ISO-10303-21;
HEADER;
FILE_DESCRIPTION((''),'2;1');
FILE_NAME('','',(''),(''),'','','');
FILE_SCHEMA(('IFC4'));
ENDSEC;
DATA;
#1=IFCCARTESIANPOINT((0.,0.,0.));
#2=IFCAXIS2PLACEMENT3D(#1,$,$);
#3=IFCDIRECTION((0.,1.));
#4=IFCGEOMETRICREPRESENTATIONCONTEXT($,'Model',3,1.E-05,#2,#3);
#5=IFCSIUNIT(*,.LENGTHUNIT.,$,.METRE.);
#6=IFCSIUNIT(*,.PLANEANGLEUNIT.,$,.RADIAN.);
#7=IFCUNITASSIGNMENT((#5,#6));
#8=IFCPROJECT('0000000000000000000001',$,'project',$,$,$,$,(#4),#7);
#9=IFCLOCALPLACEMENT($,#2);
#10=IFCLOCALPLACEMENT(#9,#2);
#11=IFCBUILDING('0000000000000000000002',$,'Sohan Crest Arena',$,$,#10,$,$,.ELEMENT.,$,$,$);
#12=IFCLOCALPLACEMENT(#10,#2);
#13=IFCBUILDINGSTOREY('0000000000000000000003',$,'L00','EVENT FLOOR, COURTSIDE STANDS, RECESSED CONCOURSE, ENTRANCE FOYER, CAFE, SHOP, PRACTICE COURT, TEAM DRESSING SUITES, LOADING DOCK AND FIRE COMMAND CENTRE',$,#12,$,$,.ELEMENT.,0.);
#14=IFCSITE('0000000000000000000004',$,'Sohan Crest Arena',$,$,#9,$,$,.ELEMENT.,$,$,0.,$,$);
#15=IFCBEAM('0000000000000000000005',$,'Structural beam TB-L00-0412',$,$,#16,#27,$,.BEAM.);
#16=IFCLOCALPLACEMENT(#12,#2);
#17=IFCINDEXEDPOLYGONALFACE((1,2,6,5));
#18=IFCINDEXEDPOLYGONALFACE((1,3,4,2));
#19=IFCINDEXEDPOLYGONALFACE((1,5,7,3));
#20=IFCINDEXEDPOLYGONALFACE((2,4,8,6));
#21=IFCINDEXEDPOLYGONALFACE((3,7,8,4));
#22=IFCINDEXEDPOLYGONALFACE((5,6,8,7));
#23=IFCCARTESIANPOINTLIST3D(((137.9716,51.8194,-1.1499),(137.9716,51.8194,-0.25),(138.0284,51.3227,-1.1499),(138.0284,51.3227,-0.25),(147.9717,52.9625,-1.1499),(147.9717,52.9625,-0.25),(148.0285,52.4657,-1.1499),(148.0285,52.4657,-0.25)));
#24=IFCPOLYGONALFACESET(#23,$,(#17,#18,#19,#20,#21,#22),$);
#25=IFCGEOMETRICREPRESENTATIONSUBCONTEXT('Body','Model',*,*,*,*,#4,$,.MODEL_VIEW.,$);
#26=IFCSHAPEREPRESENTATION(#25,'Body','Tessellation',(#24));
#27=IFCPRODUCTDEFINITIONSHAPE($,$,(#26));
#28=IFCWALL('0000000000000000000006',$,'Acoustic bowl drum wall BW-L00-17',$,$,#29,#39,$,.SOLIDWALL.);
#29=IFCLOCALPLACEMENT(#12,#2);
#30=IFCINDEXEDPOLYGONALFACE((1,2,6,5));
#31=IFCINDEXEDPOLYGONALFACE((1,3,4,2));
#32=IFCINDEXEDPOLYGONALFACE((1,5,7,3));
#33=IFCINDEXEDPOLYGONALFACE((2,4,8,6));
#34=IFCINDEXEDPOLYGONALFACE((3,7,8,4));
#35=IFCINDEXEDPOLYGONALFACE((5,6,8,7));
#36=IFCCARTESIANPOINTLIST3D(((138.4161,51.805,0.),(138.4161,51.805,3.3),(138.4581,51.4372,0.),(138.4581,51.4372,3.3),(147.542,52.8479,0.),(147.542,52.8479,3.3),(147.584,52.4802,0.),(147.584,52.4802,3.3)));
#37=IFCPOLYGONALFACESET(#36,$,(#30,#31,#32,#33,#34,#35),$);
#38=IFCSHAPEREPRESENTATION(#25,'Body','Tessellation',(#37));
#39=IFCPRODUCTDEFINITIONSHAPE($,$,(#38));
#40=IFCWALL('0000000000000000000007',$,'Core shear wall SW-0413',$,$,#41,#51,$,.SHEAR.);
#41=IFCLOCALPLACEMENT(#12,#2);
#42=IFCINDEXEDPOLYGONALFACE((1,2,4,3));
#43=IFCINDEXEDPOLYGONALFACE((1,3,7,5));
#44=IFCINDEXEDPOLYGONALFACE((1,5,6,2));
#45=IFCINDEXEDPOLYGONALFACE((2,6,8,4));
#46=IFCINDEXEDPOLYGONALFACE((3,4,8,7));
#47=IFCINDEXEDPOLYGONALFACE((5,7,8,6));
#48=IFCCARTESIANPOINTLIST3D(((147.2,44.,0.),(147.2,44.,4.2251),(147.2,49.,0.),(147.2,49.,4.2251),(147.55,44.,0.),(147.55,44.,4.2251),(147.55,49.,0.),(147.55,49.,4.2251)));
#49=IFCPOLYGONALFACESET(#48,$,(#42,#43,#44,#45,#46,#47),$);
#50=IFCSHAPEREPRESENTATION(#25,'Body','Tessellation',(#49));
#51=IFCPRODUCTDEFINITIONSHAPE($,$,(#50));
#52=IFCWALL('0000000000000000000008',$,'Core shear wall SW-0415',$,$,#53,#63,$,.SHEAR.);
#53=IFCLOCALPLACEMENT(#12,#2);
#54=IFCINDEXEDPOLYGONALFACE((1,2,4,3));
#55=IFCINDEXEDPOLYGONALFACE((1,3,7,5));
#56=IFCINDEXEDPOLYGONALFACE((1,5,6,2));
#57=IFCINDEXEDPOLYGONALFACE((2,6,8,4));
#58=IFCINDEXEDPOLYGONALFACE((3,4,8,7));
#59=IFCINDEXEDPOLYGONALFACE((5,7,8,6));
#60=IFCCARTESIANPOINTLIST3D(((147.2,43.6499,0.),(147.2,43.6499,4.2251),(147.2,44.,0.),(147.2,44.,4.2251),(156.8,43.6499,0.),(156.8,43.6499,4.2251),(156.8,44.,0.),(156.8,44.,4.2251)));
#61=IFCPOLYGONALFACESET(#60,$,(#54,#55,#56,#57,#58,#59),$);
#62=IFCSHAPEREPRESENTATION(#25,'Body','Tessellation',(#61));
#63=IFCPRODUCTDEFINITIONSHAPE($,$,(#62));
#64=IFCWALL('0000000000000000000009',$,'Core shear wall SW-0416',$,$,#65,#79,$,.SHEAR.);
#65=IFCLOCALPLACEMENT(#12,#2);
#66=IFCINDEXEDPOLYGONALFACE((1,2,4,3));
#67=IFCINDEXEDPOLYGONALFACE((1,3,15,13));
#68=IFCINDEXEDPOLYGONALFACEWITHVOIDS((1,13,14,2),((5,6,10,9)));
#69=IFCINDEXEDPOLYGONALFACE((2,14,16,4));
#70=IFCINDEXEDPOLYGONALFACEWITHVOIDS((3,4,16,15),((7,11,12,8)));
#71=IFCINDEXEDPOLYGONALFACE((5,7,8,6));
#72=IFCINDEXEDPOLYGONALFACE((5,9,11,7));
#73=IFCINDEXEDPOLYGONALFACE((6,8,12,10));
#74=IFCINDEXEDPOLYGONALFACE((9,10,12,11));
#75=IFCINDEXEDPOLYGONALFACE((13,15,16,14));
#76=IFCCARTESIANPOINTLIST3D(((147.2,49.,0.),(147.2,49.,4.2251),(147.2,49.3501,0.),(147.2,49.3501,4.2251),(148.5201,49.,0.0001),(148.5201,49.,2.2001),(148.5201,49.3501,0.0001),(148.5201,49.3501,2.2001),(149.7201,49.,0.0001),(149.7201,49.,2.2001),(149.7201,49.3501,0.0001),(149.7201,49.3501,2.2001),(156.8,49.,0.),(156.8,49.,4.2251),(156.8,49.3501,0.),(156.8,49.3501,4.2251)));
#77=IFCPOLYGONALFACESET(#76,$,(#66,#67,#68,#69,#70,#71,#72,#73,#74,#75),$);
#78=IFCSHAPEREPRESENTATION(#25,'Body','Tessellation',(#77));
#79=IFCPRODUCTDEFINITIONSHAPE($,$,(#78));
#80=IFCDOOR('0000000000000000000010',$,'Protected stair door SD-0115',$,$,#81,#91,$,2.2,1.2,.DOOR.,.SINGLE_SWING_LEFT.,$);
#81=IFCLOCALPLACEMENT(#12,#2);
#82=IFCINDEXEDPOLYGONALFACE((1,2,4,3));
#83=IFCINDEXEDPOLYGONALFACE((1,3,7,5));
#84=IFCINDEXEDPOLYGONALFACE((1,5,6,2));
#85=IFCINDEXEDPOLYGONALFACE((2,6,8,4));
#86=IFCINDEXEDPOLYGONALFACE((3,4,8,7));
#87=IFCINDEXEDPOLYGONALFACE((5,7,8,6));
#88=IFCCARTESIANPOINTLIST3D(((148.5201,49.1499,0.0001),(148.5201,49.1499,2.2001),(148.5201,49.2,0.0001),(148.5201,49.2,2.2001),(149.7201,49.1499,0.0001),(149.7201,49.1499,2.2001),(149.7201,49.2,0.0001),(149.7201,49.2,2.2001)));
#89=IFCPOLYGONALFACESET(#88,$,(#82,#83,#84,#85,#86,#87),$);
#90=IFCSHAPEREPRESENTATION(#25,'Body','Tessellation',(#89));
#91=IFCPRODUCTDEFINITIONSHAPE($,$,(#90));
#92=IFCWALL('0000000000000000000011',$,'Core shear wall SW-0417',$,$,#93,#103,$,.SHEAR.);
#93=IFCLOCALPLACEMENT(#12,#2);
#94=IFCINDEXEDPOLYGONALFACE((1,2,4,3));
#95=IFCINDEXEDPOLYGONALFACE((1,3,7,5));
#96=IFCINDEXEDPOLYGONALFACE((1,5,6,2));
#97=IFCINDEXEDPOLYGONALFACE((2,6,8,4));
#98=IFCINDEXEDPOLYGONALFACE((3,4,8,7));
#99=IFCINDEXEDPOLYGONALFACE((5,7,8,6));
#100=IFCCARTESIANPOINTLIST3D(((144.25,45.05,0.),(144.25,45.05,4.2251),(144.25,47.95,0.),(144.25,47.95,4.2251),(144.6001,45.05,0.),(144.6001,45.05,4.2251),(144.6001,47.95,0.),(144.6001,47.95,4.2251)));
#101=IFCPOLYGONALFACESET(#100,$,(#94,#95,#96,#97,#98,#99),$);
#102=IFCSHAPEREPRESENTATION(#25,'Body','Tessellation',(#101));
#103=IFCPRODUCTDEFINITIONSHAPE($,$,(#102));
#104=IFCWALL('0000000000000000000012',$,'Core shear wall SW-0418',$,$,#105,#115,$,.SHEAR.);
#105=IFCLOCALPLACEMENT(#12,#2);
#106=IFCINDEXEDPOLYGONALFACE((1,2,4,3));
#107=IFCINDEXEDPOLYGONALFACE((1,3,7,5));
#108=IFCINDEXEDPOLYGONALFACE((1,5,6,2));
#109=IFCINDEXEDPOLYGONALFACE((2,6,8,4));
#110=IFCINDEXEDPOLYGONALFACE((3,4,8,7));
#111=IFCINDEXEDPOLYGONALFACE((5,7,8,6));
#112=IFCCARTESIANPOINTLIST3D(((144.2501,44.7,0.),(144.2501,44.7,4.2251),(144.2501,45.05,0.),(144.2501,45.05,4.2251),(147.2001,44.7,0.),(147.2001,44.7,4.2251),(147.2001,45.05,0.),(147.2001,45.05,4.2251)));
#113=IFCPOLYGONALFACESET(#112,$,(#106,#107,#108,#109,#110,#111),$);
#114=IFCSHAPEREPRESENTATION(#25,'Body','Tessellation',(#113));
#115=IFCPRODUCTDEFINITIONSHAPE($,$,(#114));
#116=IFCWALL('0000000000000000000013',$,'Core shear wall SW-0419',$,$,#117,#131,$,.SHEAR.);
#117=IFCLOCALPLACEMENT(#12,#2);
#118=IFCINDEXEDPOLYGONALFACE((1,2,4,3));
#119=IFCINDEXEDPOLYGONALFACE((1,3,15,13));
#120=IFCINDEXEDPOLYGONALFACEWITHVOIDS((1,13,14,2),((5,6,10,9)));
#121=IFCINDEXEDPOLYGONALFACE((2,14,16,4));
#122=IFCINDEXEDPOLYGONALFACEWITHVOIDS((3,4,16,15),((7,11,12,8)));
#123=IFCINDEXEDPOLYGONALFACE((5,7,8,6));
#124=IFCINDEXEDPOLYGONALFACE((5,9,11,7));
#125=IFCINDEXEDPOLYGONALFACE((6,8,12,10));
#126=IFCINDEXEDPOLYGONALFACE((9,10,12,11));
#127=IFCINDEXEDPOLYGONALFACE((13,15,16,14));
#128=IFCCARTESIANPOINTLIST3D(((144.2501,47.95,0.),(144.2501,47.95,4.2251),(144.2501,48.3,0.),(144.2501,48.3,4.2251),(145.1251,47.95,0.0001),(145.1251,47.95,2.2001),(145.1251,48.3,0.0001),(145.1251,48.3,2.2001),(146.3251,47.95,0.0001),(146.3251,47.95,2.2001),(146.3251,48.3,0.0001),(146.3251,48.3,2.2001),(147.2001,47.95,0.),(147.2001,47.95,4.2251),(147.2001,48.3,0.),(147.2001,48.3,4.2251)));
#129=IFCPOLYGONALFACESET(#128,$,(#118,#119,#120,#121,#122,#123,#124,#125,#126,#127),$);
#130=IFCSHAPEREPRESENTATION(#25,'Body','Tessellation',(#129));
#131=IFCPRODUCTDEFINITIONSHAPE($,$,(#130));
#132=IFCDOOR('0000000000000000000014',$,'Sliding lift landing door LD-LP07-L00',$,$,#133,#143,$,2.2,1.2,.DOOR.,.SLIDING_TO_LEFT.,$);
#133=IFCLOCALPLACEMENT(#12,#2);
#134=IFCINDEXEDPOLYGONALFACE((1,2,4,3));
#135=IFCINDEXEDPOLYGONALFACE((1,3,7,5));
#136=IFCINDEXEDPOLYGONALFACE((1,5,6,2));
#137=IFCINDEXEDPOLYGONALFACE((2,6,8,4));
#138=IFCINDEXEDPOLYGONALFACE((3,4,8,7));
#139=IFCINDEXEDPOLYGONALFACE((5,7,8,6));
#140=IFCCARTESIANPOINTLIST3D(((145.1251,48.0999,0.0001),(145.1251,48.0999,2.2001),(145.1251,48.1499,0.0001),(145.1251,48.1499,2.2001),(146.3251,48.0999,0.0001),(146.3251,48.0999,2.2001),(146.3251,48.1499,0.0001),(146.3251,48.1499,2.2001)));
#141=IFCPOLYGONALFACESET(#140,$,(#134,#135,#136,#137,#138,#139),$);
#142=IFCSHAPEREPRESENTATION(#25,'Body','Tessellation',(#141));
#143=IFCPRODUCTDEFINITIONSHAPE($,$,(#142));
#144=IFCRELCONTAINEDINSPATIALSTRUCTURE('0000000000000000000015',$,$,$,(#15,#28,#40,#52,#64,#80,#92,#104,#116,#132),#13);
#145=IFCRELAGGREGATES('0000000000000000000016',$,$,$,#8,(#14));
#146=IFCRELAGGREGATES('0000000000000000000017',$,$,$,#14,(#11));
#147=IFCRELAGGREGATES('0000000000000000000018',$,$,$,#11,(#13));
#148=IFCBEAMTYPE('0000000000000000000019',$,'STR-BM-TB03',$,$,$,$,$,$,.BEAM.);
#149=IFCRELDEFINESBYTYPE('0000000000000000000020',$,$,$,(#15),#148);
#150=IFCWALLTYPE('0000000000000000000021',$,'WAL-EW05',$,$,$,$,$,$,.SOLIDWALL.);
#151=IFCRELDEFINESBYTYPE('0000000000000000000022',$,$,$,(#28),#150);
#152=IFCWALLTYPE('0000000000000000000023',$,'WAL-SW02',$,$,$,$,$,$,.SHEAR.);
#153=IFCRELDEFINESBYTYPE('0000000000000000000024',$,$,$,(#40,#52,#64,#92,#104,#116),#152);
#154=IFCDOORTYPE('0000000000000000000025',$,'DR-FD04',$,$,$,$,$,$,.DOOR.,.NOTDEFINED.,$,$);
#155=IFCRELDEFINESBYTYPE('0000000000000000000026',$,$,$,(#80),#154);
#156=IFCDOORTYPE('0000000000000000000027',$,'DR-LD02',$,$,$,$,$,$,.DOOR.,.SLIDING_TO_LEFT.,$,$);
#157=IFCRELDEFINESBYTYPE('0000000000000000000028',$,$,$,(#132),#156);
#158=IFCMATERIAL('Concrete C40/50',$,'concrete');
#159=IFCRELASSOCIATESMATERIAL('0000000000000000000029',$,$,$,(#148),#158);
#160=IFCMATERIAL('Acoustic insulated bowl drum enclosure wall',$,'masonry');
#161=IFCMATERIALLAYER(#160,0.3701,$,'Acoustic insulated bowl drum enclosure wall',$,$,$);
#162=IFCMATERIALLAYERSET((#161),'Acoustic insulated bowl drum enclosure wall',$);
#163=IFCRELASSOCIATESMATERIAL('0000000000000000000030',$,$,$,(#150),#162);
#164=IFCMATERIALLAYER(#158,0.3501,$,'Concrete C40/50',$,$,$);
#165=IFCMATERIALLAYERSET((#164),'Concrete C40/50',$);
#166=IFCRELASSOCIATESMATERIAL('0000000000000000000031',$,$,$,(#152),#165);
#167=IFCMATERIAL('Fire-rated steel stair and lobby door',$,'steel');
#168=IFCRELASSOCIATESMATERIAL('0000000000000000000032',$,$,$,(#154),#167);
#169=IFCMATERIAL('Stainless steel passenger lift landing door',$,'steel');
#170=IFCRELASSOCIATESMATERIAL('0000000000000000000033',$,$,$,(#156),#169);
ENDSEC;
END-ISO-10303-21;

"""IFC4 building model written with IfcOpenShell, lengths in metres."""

from ifc_helpers import new_model, si_unit, direction, frame, frame_2d, origin, origin_2d, place, context, subcontext, project, spatial, rectangle, extrude, material, layer, layer_set, material_profile, profile_set, type_object, element, fill, save


model = new_model("IFC4")

# Units and contexts
model_context = context("Model", 3, precision=1e-05, world=origin(), true_north=direction((0.0, 1.0)))
body_context = subcontext(model_context, "Body", "Model", "MODEL_VIEW")
ifc_project = project(units=[si_unit("LENGTHUNIT", "METRE"), si_unit("PLANEANGLEUNIT", "RADIAN")], contexts=[model_context])

# Site, building, storey
site_placement = place(None, origin())
site = spatial("IfcSite", under=ifc_project, at=site_placement, Name="Sohan Crest Arena", CompositionType="ELEMENT", RefElevation=0.0)
building_placement = place(site_placement, origin())
building = spatial("IfcBuilding", under=site, at=building_placement, Name="Sohan Crest Arena", CompositionType="ELEMENT")
storey_placement = place(building_placement, origin())
storey = spatial("IfcBuildingStorey", under=building, at=storey_placement, Name="L00", Description="EVENT FLOOR, COURTSIDE STANDS, RECESSED CONCOURSE, ENTRANCE FOYER, CAFE, SHOP, PRACTICE COURT, TEAM DRESSING SUITES, LOADING DOCK AND FIRE COMMAND CENTRE", CompositionType="ELEMENT", Elevation=0.0)

# Shared definitions
ifc_material_1 = material(Name="Concrete C40/50", Category="concrete")

# Beam
ifc_material_profile_1 = material_profile(ifc_material_1, rectangle(XDim=0.5, YDim=0.8999, at=origin_2d()), Name="RC-BM 500x900")
ifc_profile_set_1 = profile_set([ifc_material_profile_1], Name="Concrete C40/50")
beam_type_1 = type_object("IfcBeamType", Name="STR-BM-TB03", PredefinedType="BEAM", material=ifc_profile_set_1)
beam_1_placement = place(storey_placement, frame((138.0, 51.571, -0.7), z_axis=(0.99353, 0.113567, 0.0), x_axis=(-0.113567, 0.99353, 0.0)))
element("IfcBeam", 1, at=beam_1_placement, inside=storey, type_object=beam_type_1, Name="Structural beam TB-L00-0412", PredefinedType="BEAM", context=body_context, shape_type="SweptSolid", body=[
    extrude(rectangle(XDim=0.5, YDim=0.8999, at=origin_2d()), origin(), (0.0, 0.0, 1.0), 10.0652),
])

# Walls
ifc_material_2 = material(Name="Acoustic insulated bowl drum enclosure wall", Category="masonry")
ifc_layer_1 = layer(ifc_material_2, 0.3701, Name="Acoustic insulated bowl drum enclosure wall")
ifc_layer_set_1 = layer_set([ifc_layer_1], Name="Acoustic insulated bowl drum enclosure wall")
wall_type_1 = type_object("IfcWallType", Name="WAL-EW05", PredefinedType="SOLIDWALL", material=ifc_layer_set_1)
wall_1_placement = place(storey_placement, frame((138.437, 51.6211, 0.0), z_axis=(0.0, 0.0, 1.0), x_axis=(0.993533, 0.113547, 0.0)))
element("IfcWall", 2, at=wall_1_placement, inside=storey, type_object=wall_type_1, Name="Acoustic bowl drum wall BW-L00-17", PredefinedType="SOLIDWALL", context=body_context, shape_type="SweptSolid", body=[
    extrude(rectangle(XDim=9.1853, YDim=0.3701, at=frame_2d((4.5928, 0.0))), origin(), (0.0, 0.0, 1.0), 3.3),
])
ifc_layer_2 = layer(ifc_material_1, 0.3501, Name="Concrete C40/50")
ifc_layer_set_2 = layer_set([ifc_layer_2], Name="Concrete C40/50")
wall_type_2 = type_object("IfcWallType", Name="WAL-SW02", PredefinedType="SHEAR", material=ifc_layer_set_2)
wall_2_placement = place(storey_placement, frame((147.375, 44.0, 0.0), z_axis=(0.0, 0.0, 1.0), x_axis=(0.0, 1.0, 0.0)))
element("IfcWall", 3, at=wall_2_placement, inside=storey, type_object=wall_type_2, Name="Core shear wall SW-0413", PredefinedType="SHEAR", context=body_context, shape_type="SweptSolid", body=[
    extrude(rectangle(XDim=5.0, YDim=0.3501, at=frame_2d((2.5, 0.0))), origin(), (0.0, 0.0, 1.0), 4.2251),
])
wall_3_placement = place(storey_placement, frame((147.2, 43.825, 0.0), z_axis=(0.0, 0.0, 1.0), x_axis=(1.0, 0.0, 0.0)))
element("IfcWall", 4, at=wall_3_placement, inside=storey, type_object=wall_type_2, Name="Core shear wall SW-0415", PredefinedType="SHEAR", context=body_context, shape_type="SweptSolid", body=[
    extrude(rectangle(XDim=9.6001, YDim=0.3501, at=frame_2d((4.8, 0.0))), origin(), (0.0, 0.0, 1.0), 4.2251),
])

# Wall, opening, door
wall_4_placement = place(storey_placement, frame((147.2, 49.175, 0.0), z_axis=(0.0, 0.0, 1.0), x_axis=(1.0, 0.0, 0.0)))
wall_4 = element("IfcWall", 5, at=wall_4_placement, inside=storey, type_object=wall_type_2, Name="Core shear wall SW-0416", PredefinedType="SHEAR", context=body_context, shape_type="SweptSolid", body=[
    extrude(rectangle(XDim=9.6001, YDim=0.3501, at=frame_2d((4.8, 0.0))), origin(), (0.0, 0.0, 1.0), 4.2251),
])
opening_1_placement = place(wall_4_placement, frame((1.3201, 0.0, 0.0)))
opening_1 = element("IfcOpeningElement", 6, at=opening_1_placement, cuts=wall_4, PredefinedType="OPENING", context=body_context, shape_type="SweptSolid", body=[
    extrude(rectangle(XDim=1.2, YDim=2.2, at=frame_2d((0.6001, 1.1001))), frame((0.0, 0.1851, 0.0), z_axis=(0.0, -1.0, 0.0), x_axis=(1.0, 0.0, 0.0)), (0.0, 0.0, 1.0), 0.3701),
])
ifc_material_3 = material(Name="Fire-rated steel stair and lobby door", Category="steel")
door_type_1 = type_object("IfcDoorType", Name="DR-FD04", OperationType="NOTDEFINED", PredefinedType="DOOR", material=ifc_material_3)
door_1_placement = place(opening_1_placement, origin())
door_1 = element("IfcDoor", 7, at=door_1_placement, inside=storey, type_object=door_type_1, Name="Protected stair door SD-0115", OperationType="SINGLE_SWING_LEFT", OverallHeight=2.2, OverallWidth=1.2, PredefinedType="DOOR", context=body_context, shape_type="SweptSolid", body=[
    extrude(rectangle(XDim=1.2, YDim=2.2, at=frame_2d((0.6001, 1.1001))), frame((0.0, 0.0249, 0.0), z_axis=(0.0, -1.0, 0.0), x_axis=(1.0, 0.0, 0.0)), (0.0, 0.0, 1.0), 0.05),
])
fill(opening_1, door_1)

# Walls
wall_5_placement = place(storey_placement, frame((144.425, 45.05, 0.0), z_axis=(0.0, 0.0, 1.0), x_axis=(0.0, 1.0, 0.0)))
element("IfcWall", 8, at=wall_5_placement, inside=storey, type_object=wall_type_2, Name="Core shear wall SW-0417", PredefinedType="SHEAR", context=body_context, shape_type="SweptSolid", body=[
    extrude(rectangle(XDim=2.8999, YDim=0.3501, at=frame_2d((1.45, 0.0))), origin(), (0.0, 0.0, 1.0), 4.2251),
])
wall_6_placement = place(storey_placement, frame((144.25, 44.875, 0.0), z_axis=(0.0, 0.0, 1.0), x_axis=(1.0, 0.0, 0.0)))
element("IfcWall", 9, at=wall_6_placement, inside=storey, type_object=wall_type_2, Name="Core shear wall SW-0418", PredefinedType="SHEAR", context=body_context, shape_type="SweptSolid", body=[
    extrude(rectangle(XDim=2.95, YDim=0.3501, at=frame_2d((1.4751, 0.0))), origin(), (0.0, 0.0, 1.0), 4.2251),
])

# Wall, opening, door
wall_7_placement = place(storey_placement, frame((144.25, 48.125, 0.0), z_axis=(0.0, 0.0, 1.0), x_axis=(1.0, 0.0, 0.0)))
wall_7 = element("IfcWall", 10, at=wall_7_placement, inside=storey, type_object=wall_type_2, Name="Core shear wall SW-0419", PredefinedType="SHEAR", context=body_context, shape_type="SweptSolid", body=[
    extrude(rectangle(XDim=2.95, YDim=0.3501, at=frame_2d((1.4751, 0.0))), origin(), (0.0, 0.0, 1.0), 4.2251),
])
opening_2_placement = place(wall_7_placement, frame((0.875, 0.0, 0.0)))
opening_2 = element("IfcOpeningElement", 11, at=opening_2_placement, cuts=wall_7, PredefinedType="OPENING", context=body_context, shape_type="SweptSolid", body=[
    extrude(rectangle(XDim=1.2, YDim=2.2, at=frame_2d((0.6001, 1.1001))), frame((0.0, 0.1851, 0.0), z_axis=(0.0, -1.0, 0.0), x_axis=(1.0, 0.0, 0.0)), (0.0, 0.0, 1.0), 0.3701),
])
ifc_material_4 = material(Name="Stainless steel passenger lift landing door", Category="steel")
door_type_2 = type_object("IfcDoorType", Name="DR-LD02", OperationType="SLIDING_TO_LEFT", PredefinedType="DOOR", material=ifc_material_4)
door_2_placement = place(opening_2_placement, origin())
door_2 = element("IfcDoor", 12, at=door_2_placement, inside=storey, type_object=door_type_2, Name="Sliding lift landing door LD-LP07-L00", OperationType="SLIDING_TO_LEFT", OverallHeight=2.2, OverallWidth=1.2, PredefinedType="DOOR", context=body_context, shape_type="SweptSolid", body=[
    extrude(rectangle(XDim=1.2, YDim=2.2, at=frame_2d((0.6001, 1.1001))), frame((0.0, 0.0249, 0.0), z_axis=(0.0, -1.0, 0.0), x_axis=(1.0, 0.0, 0.0)), (0.0, 0.0, 1.0), 0.05),
])
fill(opening_2, door_2)

save(model, "model.ifc")
